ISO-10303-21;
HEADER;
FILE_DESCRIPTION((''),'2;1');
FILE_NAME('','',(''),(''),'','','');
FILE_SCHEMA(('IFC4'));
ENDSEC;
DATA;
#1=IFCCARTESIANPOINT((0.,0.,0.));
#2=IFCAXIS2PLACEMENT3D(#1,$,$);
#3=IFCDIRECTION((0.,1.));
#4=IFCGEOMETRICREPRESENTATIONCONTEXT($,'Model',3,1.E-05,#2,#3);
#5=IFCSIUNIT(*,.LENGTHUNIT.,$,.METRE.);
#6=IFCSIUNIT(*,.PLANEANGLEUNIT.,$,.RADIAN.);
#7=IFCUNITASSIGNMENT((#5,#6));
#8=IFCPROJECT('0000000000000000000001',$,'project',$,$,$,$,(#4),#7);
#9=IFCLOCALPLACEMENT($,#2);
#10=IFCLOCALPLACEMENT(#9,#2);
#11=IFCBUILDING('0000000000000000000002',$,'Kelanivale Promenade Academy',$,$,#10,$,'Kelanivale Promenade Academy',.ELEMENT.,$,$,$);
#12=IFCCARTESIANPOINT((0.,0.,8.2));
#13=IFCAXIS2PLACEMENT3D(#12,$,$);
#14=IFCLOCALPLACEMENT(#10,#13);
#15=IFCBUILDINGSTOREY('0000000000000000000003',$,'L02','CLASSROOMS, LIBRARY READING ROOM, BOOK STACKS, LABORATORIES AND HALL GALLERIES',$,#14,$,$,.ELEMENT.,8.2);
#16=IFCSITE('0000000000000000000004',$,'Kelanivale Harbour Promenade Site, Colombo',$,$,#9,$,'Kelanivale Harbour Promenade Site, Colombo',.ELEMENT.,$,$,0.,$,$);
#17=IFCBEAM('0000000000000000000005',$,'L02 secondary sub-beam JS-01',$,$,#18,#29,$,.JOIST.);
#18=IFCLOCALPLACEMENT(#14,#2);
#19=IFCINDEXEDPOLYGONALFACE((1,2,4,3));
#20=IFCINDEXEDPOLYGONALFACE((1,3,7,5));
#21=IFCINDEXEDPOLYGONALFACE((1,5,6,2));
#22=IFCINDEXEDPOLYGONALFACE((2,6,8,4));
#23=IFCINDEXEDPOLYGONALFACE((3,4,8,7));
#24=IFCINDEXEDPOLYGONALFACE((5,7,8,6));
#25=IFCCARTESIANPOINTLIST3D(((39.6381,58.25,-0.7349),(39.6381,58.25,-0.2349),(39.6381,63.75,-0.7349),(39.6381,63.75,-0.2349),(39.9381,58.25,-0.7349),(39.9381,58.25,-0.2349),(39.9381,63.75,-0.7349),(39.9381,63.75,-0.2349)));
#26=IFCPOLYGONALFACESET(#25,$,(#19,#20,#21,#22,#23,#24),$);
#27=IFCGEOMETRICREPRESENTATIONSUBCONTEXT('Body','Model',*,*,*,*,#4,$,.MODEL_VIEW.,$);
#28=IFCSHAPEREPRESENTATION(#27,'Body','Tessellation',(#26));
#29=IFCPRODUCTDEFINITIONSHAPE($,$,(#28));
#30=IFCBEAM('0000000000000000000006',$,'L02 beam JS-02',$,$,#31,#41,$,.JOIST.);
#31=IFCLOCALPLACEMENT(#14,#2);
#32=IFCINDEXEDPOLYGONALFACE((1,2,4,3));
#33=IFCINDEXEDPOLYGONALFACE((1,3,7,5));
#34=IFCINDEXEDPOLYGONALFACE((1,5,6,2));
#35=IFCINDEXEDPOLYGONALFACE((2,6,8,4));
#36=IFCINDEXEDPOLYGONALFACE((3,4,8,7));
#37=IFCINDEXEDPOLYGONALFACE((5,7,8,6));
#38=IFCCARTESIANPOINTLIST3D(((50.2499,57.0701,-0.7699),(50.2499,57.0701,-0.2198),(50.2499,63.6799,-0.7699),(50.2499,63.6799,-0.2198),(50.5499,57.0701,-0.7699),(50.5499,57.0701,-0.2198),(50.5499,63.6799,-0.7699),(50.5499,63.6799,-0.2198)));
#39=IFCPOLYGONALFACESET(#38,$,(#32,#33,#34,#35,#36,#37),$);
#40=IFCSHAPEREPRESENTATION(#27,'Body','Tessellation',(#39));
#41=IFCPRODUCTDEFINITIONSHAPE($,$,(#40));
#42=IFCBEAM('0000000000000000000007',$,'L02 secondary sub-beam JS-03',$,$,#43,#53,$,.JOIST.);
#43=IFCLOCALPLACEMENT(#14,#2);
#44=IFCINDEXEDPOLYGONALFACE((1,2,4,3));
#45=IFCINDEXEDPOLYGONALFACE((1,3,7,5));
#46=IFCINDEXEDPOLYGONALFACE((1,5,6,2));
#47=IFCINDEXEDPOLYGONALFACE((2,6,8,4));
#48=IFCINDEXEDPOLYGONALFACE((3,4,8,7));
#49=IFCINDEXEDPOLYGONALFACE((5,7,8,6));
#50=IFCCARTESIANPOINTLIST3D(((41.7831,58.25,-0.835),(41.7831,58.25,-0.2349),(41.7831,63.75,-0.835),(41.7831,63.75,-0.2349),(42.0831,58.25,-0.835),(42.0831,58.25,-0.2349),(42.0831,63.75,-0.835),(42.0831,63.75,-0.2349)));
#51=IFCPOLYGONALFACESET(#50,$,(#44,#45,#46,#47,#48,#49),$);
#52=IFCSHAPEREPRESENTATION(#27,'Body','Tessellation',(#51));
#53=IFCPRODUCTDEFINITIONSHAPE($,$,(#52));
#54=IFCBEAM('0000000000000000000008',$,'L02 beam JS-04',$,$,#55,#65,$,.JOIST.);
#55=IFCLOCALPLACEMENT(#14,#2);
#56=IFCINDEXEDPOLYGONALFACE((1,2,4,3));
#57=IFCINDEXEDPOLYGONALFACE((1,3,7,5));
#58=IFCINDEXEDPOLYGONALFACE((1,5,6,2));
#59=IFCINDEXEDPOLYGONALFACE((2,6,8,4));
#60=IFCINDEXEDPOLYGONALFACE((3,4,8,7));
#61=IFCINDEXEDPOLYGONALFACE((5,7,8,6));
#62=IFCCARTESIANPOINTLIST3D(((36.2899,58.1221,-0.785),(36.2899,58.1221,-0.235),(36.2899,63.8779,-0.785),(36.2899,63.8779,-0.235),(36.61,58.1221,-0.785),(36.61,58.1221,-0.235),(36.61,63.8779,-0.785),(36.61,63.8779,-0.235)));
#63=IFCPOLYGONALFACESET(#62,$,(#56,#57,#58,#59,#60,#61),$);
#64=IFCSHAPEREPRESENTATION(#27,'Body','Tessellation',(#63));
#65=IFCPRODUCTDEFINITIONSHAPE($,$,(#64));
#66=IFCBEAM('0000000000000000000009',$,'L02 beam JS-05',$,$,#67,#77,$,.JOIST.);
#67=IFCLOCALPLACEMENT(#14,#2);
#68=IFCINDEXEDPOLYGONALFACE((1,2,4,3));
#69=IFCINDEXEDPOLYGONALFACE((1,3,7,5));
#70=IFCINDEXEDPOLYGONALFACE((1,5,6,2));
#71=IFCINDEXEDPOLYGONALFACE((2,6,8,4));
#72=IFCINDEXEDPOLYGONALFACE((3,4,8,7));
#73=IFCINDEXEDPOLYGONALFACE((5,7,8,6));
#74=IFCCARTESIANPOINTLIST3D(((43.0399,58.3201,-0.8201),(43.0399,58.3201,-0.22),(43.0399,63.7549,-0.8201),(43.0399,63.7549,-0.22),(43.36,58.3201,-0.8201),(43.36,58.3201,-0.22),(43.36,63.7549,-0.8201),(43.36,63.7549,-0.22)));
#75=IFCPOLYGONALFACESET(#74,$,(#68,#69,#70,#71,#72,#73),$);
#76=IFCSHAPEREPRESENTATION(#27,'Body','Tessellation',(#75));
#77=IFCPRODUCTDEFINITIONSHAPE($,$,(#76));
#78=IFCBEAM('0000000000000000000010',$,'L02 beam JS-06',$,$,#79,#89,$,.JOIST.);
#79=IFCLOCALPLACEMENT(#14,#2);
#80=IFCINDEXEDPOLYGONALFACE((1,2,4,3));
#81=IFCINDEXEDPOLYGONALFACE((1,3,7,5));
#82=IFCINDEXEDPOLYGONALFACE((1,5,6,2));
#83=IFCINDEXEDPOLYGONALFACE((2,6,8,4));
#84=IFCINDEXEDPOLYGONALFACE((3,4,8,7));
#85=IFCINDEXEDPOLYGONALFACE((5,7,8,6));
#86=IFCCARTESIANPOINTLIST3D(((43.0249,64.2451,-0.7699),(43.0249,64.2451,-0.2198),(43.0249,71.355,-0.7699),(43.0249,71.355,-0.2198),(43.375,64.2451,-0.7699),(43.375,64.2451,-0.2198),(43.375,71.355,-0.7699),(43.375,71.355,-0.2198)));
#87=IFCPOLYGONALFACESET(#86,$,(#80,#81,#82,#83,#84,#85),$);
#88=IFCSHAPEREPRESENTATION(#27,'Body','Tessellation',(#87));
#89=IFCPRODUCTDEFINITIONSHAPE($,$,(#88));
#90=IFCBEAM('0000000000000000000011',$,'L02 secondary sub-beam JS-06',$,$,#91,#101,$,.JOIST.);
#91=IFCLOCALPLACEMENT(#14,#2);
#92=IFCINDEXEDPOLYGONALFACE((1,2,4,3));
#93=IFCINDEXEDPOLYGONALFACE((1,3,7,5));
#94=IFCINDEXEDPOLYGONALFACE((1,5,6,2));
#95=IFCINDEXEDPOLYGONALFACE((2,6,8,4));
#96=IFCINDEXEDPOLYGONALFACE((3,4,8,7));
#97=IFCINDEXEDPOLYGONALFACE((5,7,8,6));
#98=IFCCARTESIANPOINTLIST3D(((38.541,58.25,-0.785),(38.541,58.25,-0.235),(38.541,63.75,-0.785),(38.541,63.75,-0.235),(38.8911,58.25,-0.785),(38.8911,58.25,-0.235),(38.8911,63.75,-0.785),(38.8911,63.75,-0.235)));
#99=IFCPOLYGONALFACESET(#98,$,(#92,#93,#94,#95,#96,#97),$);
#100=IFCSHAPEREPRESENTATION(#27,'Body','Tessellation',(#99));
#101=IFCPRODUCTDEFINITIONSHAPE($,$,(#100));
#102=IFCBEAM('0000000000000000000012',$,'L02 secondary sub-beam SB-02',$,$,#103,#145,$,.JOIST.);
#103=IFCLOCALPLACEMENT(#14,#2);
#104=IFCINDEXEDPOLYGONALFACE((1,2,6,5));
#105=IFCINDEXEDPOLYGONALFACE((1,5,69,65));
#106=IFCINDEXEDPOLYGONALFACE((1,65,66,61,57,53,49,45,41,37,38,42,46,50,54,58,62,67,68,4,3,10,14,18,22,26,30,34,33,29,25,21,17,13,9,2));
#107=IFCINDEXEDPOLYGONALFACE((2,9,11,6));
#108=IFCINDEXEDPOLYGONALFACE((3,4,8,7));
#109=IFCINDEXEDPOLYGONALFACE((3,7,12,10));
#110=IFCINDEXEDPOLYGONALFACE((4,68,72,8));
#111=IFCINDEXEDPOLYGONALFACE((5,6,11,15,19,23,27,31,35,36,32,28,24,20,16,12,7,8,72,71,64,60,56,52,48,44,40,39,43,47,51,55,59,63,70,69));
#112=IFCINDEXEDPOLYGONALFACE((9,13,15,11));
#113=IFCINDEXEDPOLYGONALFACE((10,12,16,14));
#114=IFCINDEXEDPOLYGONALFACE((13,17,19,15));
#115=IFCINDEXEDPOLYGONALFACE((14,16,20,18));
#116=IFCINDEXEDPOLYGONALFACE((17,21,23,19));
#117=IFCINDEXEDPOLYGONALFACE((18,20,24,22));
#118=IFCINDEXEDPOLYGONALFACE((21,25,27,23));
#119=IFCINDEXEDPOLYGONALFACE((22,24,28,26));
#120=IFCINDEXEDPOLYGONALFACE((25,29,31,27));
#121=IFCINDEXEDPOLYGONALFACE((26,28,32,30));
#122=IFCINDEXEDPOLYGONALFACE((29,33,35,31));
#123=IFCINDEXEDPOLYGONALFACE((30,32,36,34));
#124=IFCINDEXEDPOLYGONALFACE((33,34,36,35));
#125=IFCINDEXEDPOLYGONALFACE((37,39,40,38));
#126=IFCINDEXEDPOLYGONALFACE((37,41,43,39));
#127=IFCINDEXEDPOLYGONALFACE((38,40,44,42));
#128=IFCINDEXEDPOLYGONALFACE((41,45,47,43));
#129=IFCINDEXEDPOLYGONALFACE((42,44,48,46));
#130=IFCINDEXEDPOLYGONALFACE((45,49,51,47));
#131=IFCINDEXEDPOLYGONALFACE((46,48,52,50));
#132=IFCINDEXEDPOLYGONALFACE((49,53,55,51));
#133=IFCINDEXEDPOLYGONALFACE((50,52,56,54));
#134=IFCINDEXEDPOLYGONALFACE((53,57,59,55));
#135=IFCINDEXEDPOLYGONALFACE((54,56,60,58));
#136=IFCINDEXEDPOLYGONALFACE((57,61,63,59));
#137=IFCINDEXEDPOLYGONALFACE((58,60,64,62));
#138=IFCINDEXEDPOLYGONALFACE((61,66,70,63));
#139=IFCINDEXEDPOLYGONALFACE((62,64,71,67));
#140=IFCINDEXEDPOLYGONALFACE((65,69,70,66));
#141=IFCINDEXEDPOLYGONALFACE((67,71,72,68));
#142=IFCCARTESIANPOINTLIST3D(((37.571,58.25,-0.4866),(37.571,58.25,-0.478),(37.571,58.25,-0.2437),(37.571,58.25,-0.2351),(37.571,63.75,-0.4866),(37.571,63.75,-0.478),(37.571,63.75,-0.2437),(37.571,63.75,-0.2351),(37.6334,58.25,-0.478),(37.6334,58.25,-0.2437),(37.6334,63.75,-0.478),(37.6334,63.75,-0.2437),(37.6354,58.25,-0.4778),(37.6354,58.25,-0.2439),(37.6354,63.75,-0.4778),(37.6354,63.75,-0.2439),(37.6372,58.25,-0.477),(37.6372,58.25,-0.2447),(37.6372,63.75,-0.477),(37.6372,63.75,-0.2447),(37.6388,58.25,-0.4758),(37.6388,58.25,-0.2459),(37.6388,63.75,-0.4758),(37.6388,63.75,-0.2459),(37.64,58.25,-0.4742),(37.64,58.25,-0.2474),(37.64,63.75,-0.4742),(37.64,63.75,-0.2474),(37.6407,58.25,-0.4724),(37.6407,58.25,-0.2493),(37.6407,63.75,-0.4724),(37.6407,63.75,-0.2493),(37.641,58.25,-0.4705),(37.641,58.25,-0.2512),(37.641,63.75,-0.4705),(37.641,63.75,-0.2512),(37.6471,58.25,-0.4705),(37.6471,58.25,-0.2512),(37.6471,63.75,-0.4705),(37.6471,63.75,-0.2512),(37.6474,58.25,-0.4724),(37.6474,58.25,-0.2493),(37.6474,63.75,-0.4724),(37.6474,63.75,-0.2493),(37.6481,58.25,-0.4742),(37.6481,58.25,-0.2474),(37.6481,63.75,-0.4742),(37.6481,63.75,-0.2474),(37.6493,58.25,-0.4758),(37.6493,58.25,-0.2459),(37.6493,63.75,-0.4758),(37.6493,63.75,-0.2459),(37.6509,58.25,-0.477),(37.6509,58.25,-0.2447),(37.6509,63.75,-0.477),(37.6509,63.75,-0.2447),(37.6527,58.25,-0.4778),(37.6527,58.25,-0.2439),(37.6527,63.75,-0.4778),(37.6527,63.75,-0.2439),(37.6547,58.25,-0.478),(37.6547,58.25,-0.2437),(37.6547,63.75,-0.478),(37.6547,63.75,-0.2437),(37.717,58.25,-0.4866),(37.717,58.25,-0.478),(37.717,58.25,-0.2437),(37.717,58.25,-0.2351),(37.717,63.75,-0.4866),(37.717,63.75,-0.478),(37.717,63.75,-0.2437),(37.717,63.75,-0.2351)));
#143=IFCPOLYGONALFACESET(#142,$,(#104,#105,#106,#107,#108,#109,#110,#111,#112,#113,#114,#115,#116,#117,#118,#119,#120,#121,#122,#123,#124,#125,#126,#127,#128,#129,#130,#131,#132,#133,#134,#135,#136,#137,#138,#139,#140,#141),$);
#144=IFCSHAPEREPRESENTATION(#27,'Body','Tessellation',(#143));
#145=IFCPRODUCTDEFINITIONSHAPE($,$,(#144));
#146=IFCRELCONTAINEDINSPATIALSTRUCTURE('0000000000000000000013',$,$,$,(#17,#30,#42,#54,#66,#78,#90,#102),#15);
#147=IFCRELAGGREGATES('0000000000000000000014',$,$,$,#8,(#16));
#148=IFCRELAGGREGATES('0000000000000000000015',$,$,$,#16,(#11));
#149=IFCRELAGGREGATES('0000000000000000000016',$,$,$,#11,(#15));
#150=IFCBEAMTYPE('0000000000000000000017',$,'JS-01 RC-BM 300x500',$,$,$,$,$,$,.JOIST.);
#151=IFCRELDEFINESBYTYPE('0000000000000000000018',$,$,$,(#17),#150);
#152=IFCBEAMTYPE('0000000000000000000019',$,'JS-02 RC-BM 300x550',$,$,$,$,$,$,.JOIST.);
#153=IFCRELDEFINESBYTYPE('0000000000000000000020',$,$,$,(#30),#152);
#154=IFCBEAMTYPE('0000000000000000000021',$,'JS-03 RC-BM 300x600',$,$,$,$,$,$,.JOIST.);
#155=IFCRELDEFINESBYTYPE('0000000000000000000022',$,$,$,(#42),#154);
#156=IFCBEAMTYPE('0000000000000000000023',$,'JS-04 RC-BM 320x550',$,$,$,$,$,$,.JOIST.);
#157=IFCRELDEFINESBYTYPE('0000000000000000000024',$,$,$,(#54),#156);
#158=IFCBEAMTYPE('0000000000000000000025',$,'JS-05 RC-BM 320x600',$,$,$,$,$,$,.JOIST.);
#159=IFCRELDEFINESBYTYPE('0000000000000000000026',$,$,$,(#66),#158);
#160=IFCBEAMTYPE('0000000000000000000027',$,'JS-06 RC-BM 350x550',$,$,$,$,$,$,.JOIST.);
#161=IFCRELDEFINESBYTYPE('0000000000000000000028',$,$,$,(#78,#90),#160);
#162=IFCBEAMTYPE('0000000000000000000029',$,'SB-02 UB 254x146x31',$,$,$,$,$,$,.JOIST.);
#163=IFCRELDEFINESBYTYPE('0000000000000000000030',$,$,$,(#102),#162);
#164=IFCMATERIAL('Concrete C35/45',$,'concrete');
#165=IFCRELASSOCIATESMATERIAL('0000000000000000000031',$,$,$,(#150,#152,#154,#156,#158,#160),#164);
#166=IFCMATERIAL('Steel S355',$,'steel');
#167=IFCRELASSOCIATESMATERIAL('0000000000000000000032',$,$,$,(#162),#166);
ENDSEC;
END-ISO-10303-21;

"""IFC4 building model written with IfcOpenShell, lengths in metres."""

from ifc_helpers import new_model, si_unit, direction, frame, origin, origin_2d, place, context, subcontext, project, spatial, rectangle, i_section, extrude, material, material_profile, profile_set, type_object, element, save


model = new_model("IFC4")

# Units and contexts
model_context = context("Model", 3, precision=1e-05, world=origin(), true_north=direction((0.0, 1.0)))
body_context = subcontext(model_context, "Body", "Model", "MODEL_VIEW")
ifc_project = project(units=[si_unit("LENGTHUNIT", "METRE"), si_unit("PLANEANGLEUNIT", "RADIAN")], contexts=[model_context])

# Site, building, storey
site_placement = place(None, origin())
site = spatial("IfcSite", under=ifc_project, at=site_placement, Name="Kelanivale Harbour Promenade Site, Colombo", LongName="Kelanivale Harbour Promenade Site, Colombo", CompositionType="ELEMENT", RefElevation=0.0)
building_placement = place(site_placement, origin())
building = spatial("IfcBuilding", under=site, at=building_placement, Name="Kelanivale Promenade Academy", LongName="Kelanivale Promenade Academy", CompositionType="ELEMENT")
storey_placement = place(building_placement, frame((0.0, 0.0, 8.2)))
storey = spatial("IfcBuildingStorey", under=building, at=storey_placement, Name="L02", Description="CLASSROOMS, LIBRARY READING ROOM, BOOK STACKS, LABORATORIES AND HALL GALLERIES", CompositionType="ELEMENT", Elevation=8.2)

# Shared definitions
ifc_material_1 = material(Name="Steel S355", Category="steel")

# Beams
ifc_material_2 = material(Name="Concrete C35/45", Category="concrete")
ifc_material_profile_1 = material_profile(ifc_material_2, rectangle(XDim=0.3, YDim=0.5, at=origin_2d()), Name="RC-BM 300x500")
ifc_profile_set_1 = profile_set([ifc_material_profile_1], Name="Concrete C35/45")
beam_type_1 = type_object("IfcBeamType", Name="JS-01 RC-BM 300x500", PredefinedType="JOIST", material=ifc_profile_set_1)
beam_1_placement = place(storey_placement, frame((39.7881, 58.25, -0.4849), z_axis=(0.0, 1.0, 0.0), x_axis=(-1.0, 0.0, 0.0)))
element("IfcBeam", 1, at=beam_1_placement, inside=storey, type_object=beam_type_1, Name="L02 secondary sub-beam JS-01", PredefinedType="JOIST", context=body_context, shape_type="SweptSolid", body=[
    extrude(rectangle(XDim=0.3, YDim=0.5, at=origin_2d()), origin(), (0.0, 0.0, 1.0), 5.5),
])
ifc_material_profile_2 = material_profile(ifc_material_2, rectangle(XDim=0.3, YDim=0.55, at=origin_2d()), Name="RC-BM 300x550")
ifc_profile_set_2 = profile_set([ifc_material_profile_2], Name="Concrete C35/45")
beam_type_2 = type_object("IfcBeamType", Name="JS-02 RC-BM 300x550", PredefinedType="JOIST", material=ifc_profile_set_2)
beam_2_placement = place(storey_placement, frame((50.3999, 57.0701, -0.4949), z_axis=(0.0, 1.0, 0.0), x_axis=(-1.0, 0.0, 0.0)))
element("IfcBeam", 2, at=beam_2_placement, inside=storey, type_object=beam_type_2, Name="L02 beam JS-02", PredefinedType="JOIST", context=body_context, shape_type="SweptSolid", body=[
    extrude(rectangle(XDim=0.3, YDim=0.55, at=origin_2d()), origin(), (0.0, 0.0, 1.0), 6.6099),
])
ifc_material_profile_3 = material_profile(ifc_material_2, rectangle(XDim=0.3, YDim=0.6001, at=origin_2d()), Name="RC-BM 300x600")
ifc_profile_set_3 = profile_set([ifc_material_profile_3], Name="Concrete C35/45")
beam_type_3 = type_object("IfcBeamType", Name="JS-03 RC-BM 300x600", PredefinedType="JOIST", material=ifc_profile_set_3)
beam_3_placement = place(storey_placement, frame((41.9331, 58.25, -0.5349), z_axis=(0.0, 1.0, 0.0), x_axis=(-1.0, 0.0, 0.0)))
element("IfcBeam", 3, at=beam_3_placement, inside=storey, type_object=beam_type_3, Name="L02 secondary sub-beam JS-03", PredefinedType="JOIST", context=body_context, shape_type="SweptSolid", body=[
    extrude(rectangle(XDim=0.3, YDim=0.6001, at=origin_2d()), origin(), (0.0, 0.0, 1.0), 5.5),
])
ifc_material_profile_4 = material_profile(ifc_material_2, rectangle(XDim=0.3201, YDim=0.55, at=origin_2d()), Name="RC-BM 320x550")
ifc_profile_set_4 = profile_set([ifc_material_profile_4], Name="Concrete C35/45")
beam_type_4 = type_object("IfcBeamType", Name="JS-04 RC-BM 320x550", PredefinedType="JOIST", material=ifc_profile_set_4)
beam_4_placement = place(storey_placement, frame((36.45, 58.1221, -0.51), z_axis=(0.0, 1.0, 0.0), x_axis=(-1.0, 0.0, 0.0)))
element("IfcBeam", 4, at=beam_4_placement, inside=storey, type_object=beam_type_4, Name="L02 beam JS-04", PredefinedType="JOIST", context=body_context, shape_type="SweptSolid", body=[
    extrude(rectangle(XDim=0.3201, YDim=0.55, at=origin_2d()), origin(), (0.0, 0.0, 1.0), 5.7559),
])
ifc_material_profile_5 = material_profile(ifc_material_2, rectangle(XDim=0.3201, YDim=0.6001, at=origin_2d()), Name="RC-BM 320x600")
ifc_profile_set_5 = profile_set([ifc_material_profile_5], Name="Concrete C35/45")
beam_type_5 = type_object("IfcBeamType", Name="JS-05 RC-BM 320x600", PredefinedType="JOIST", material=ifc_profile_set_5)
beam_5_placement = place(storey_placement, frame((43.2, 58.3201, -0.52), z_axis=(0.0, 1.0, 0.0), x_axis=(-1.0, 0.0, 0.0)))
element("IfcBeam", 5, at=beam_5_placement, inside=storey, type_object=beam_type_5, Name="L02 beam JS-05", PredefinedType="JOIST", context=body_context, shape_type="SweptSolid", body=[
    extrude(rectangle(XDim=0.3201, YDim=0.6001, at=origin_2d()), origin(), (0.0, 0.0, 1.0), 5.4348),
])
ifc_material_profile_6 = material_profile(ifc_material_2, rectangle(XDim=0.3501, YDim=0.55, at=origin_2d()), Name="RC-BM 350x550")
ifc_profile_set_6 = profile_set([ifc_material_profile_6], Name="Concrete C35/45")
beam_type_6 = type_object("IfcBeamType", Name="JS-06 RC-BM 350x550", PredefinedType="JOIST", material=ifc_profile_set_6)
beam_6_placement = place(storey_placement, frame((43.2, 64.2451, -0.4949), z_axis=(0.0, 1.0, 0.0), x_axis=(-1.0, 0.0, 0.0)))
element("IfcBeam", 6, at=beam_6_placement, inside=storey, type_object=beam_type_6, Name="L02 beam JS-06", PredefinedType="JOIST", context=body_context, shape_type="SweptSolid", body=[
    extrude(rectangle(XDim=0.3501, YDim=0.55, at=origin_2d()), origin(), (0.0, 0.0, 1.0), 7.1099),
])
beam_7_placement = place(storey_placement, frame((38.7161, 58.25, -0.51), z_axis=(0.0, 1.0, 0.0), x_axis=(-1.0, 0.0, 0.0)))
element("IfcBeam", 7, at=beam_7_placement, inside=storey, type_object=beam_type_6, Name="L02 secondary sub-beam JS-06", PredefinedType="JOIST", context=body_context, shape_type="SweptSolid", body=[
    extrude(rectangle(XDim=0.3501, YDim=0.55, at=origin_2d()), origin(), (0.0, 0.0, 1.0), 5.5),
])
ifc_material_profile_7 = material_profile(ifc_material_1, i_section(OverallWidth=0.146, OverallDepth=0.2515, WebThickness=0.0061, FlangeThickness=0.0085, FilletRadius=0.0076, at=origin_2d()), Name="UB 254x146x31")
ifc_profile_set_7 = profile_set([ifc_material_profile_7], Name="Steel S355")
beam_type_7 = type_object("IfcBeamType", Name="SB-02 UB 254x146x31", PredefinedType="JOIST", material=ifc_profile_set_7)
beam_8_placement = place(storey_placement, frame((37.644, 58.25, -0.3608), z_axis=(0.0, 1.0, 0.0), x_axis=(-1.0, 0.0, 0.0)))
element("IfcBeam", 8, at=beam_8_placement, inside=storey, type_object=beam_type_7, Name="L02 secondary sub-beam SB-02", PredefinedType="JOIST", context=body_context, shape_type="SweptSolid", body=[
    extrude(i_section(OverallWidth=0.146, OverallDepth=0.2515, WebThickness=0.0061, FlangeThickness=0.0085, FilletRadius=0.0076, at=origin_2d()), origin(), (0.0, 0.0, 1.0), 5.5),
])

save(model, "model.ifc")
